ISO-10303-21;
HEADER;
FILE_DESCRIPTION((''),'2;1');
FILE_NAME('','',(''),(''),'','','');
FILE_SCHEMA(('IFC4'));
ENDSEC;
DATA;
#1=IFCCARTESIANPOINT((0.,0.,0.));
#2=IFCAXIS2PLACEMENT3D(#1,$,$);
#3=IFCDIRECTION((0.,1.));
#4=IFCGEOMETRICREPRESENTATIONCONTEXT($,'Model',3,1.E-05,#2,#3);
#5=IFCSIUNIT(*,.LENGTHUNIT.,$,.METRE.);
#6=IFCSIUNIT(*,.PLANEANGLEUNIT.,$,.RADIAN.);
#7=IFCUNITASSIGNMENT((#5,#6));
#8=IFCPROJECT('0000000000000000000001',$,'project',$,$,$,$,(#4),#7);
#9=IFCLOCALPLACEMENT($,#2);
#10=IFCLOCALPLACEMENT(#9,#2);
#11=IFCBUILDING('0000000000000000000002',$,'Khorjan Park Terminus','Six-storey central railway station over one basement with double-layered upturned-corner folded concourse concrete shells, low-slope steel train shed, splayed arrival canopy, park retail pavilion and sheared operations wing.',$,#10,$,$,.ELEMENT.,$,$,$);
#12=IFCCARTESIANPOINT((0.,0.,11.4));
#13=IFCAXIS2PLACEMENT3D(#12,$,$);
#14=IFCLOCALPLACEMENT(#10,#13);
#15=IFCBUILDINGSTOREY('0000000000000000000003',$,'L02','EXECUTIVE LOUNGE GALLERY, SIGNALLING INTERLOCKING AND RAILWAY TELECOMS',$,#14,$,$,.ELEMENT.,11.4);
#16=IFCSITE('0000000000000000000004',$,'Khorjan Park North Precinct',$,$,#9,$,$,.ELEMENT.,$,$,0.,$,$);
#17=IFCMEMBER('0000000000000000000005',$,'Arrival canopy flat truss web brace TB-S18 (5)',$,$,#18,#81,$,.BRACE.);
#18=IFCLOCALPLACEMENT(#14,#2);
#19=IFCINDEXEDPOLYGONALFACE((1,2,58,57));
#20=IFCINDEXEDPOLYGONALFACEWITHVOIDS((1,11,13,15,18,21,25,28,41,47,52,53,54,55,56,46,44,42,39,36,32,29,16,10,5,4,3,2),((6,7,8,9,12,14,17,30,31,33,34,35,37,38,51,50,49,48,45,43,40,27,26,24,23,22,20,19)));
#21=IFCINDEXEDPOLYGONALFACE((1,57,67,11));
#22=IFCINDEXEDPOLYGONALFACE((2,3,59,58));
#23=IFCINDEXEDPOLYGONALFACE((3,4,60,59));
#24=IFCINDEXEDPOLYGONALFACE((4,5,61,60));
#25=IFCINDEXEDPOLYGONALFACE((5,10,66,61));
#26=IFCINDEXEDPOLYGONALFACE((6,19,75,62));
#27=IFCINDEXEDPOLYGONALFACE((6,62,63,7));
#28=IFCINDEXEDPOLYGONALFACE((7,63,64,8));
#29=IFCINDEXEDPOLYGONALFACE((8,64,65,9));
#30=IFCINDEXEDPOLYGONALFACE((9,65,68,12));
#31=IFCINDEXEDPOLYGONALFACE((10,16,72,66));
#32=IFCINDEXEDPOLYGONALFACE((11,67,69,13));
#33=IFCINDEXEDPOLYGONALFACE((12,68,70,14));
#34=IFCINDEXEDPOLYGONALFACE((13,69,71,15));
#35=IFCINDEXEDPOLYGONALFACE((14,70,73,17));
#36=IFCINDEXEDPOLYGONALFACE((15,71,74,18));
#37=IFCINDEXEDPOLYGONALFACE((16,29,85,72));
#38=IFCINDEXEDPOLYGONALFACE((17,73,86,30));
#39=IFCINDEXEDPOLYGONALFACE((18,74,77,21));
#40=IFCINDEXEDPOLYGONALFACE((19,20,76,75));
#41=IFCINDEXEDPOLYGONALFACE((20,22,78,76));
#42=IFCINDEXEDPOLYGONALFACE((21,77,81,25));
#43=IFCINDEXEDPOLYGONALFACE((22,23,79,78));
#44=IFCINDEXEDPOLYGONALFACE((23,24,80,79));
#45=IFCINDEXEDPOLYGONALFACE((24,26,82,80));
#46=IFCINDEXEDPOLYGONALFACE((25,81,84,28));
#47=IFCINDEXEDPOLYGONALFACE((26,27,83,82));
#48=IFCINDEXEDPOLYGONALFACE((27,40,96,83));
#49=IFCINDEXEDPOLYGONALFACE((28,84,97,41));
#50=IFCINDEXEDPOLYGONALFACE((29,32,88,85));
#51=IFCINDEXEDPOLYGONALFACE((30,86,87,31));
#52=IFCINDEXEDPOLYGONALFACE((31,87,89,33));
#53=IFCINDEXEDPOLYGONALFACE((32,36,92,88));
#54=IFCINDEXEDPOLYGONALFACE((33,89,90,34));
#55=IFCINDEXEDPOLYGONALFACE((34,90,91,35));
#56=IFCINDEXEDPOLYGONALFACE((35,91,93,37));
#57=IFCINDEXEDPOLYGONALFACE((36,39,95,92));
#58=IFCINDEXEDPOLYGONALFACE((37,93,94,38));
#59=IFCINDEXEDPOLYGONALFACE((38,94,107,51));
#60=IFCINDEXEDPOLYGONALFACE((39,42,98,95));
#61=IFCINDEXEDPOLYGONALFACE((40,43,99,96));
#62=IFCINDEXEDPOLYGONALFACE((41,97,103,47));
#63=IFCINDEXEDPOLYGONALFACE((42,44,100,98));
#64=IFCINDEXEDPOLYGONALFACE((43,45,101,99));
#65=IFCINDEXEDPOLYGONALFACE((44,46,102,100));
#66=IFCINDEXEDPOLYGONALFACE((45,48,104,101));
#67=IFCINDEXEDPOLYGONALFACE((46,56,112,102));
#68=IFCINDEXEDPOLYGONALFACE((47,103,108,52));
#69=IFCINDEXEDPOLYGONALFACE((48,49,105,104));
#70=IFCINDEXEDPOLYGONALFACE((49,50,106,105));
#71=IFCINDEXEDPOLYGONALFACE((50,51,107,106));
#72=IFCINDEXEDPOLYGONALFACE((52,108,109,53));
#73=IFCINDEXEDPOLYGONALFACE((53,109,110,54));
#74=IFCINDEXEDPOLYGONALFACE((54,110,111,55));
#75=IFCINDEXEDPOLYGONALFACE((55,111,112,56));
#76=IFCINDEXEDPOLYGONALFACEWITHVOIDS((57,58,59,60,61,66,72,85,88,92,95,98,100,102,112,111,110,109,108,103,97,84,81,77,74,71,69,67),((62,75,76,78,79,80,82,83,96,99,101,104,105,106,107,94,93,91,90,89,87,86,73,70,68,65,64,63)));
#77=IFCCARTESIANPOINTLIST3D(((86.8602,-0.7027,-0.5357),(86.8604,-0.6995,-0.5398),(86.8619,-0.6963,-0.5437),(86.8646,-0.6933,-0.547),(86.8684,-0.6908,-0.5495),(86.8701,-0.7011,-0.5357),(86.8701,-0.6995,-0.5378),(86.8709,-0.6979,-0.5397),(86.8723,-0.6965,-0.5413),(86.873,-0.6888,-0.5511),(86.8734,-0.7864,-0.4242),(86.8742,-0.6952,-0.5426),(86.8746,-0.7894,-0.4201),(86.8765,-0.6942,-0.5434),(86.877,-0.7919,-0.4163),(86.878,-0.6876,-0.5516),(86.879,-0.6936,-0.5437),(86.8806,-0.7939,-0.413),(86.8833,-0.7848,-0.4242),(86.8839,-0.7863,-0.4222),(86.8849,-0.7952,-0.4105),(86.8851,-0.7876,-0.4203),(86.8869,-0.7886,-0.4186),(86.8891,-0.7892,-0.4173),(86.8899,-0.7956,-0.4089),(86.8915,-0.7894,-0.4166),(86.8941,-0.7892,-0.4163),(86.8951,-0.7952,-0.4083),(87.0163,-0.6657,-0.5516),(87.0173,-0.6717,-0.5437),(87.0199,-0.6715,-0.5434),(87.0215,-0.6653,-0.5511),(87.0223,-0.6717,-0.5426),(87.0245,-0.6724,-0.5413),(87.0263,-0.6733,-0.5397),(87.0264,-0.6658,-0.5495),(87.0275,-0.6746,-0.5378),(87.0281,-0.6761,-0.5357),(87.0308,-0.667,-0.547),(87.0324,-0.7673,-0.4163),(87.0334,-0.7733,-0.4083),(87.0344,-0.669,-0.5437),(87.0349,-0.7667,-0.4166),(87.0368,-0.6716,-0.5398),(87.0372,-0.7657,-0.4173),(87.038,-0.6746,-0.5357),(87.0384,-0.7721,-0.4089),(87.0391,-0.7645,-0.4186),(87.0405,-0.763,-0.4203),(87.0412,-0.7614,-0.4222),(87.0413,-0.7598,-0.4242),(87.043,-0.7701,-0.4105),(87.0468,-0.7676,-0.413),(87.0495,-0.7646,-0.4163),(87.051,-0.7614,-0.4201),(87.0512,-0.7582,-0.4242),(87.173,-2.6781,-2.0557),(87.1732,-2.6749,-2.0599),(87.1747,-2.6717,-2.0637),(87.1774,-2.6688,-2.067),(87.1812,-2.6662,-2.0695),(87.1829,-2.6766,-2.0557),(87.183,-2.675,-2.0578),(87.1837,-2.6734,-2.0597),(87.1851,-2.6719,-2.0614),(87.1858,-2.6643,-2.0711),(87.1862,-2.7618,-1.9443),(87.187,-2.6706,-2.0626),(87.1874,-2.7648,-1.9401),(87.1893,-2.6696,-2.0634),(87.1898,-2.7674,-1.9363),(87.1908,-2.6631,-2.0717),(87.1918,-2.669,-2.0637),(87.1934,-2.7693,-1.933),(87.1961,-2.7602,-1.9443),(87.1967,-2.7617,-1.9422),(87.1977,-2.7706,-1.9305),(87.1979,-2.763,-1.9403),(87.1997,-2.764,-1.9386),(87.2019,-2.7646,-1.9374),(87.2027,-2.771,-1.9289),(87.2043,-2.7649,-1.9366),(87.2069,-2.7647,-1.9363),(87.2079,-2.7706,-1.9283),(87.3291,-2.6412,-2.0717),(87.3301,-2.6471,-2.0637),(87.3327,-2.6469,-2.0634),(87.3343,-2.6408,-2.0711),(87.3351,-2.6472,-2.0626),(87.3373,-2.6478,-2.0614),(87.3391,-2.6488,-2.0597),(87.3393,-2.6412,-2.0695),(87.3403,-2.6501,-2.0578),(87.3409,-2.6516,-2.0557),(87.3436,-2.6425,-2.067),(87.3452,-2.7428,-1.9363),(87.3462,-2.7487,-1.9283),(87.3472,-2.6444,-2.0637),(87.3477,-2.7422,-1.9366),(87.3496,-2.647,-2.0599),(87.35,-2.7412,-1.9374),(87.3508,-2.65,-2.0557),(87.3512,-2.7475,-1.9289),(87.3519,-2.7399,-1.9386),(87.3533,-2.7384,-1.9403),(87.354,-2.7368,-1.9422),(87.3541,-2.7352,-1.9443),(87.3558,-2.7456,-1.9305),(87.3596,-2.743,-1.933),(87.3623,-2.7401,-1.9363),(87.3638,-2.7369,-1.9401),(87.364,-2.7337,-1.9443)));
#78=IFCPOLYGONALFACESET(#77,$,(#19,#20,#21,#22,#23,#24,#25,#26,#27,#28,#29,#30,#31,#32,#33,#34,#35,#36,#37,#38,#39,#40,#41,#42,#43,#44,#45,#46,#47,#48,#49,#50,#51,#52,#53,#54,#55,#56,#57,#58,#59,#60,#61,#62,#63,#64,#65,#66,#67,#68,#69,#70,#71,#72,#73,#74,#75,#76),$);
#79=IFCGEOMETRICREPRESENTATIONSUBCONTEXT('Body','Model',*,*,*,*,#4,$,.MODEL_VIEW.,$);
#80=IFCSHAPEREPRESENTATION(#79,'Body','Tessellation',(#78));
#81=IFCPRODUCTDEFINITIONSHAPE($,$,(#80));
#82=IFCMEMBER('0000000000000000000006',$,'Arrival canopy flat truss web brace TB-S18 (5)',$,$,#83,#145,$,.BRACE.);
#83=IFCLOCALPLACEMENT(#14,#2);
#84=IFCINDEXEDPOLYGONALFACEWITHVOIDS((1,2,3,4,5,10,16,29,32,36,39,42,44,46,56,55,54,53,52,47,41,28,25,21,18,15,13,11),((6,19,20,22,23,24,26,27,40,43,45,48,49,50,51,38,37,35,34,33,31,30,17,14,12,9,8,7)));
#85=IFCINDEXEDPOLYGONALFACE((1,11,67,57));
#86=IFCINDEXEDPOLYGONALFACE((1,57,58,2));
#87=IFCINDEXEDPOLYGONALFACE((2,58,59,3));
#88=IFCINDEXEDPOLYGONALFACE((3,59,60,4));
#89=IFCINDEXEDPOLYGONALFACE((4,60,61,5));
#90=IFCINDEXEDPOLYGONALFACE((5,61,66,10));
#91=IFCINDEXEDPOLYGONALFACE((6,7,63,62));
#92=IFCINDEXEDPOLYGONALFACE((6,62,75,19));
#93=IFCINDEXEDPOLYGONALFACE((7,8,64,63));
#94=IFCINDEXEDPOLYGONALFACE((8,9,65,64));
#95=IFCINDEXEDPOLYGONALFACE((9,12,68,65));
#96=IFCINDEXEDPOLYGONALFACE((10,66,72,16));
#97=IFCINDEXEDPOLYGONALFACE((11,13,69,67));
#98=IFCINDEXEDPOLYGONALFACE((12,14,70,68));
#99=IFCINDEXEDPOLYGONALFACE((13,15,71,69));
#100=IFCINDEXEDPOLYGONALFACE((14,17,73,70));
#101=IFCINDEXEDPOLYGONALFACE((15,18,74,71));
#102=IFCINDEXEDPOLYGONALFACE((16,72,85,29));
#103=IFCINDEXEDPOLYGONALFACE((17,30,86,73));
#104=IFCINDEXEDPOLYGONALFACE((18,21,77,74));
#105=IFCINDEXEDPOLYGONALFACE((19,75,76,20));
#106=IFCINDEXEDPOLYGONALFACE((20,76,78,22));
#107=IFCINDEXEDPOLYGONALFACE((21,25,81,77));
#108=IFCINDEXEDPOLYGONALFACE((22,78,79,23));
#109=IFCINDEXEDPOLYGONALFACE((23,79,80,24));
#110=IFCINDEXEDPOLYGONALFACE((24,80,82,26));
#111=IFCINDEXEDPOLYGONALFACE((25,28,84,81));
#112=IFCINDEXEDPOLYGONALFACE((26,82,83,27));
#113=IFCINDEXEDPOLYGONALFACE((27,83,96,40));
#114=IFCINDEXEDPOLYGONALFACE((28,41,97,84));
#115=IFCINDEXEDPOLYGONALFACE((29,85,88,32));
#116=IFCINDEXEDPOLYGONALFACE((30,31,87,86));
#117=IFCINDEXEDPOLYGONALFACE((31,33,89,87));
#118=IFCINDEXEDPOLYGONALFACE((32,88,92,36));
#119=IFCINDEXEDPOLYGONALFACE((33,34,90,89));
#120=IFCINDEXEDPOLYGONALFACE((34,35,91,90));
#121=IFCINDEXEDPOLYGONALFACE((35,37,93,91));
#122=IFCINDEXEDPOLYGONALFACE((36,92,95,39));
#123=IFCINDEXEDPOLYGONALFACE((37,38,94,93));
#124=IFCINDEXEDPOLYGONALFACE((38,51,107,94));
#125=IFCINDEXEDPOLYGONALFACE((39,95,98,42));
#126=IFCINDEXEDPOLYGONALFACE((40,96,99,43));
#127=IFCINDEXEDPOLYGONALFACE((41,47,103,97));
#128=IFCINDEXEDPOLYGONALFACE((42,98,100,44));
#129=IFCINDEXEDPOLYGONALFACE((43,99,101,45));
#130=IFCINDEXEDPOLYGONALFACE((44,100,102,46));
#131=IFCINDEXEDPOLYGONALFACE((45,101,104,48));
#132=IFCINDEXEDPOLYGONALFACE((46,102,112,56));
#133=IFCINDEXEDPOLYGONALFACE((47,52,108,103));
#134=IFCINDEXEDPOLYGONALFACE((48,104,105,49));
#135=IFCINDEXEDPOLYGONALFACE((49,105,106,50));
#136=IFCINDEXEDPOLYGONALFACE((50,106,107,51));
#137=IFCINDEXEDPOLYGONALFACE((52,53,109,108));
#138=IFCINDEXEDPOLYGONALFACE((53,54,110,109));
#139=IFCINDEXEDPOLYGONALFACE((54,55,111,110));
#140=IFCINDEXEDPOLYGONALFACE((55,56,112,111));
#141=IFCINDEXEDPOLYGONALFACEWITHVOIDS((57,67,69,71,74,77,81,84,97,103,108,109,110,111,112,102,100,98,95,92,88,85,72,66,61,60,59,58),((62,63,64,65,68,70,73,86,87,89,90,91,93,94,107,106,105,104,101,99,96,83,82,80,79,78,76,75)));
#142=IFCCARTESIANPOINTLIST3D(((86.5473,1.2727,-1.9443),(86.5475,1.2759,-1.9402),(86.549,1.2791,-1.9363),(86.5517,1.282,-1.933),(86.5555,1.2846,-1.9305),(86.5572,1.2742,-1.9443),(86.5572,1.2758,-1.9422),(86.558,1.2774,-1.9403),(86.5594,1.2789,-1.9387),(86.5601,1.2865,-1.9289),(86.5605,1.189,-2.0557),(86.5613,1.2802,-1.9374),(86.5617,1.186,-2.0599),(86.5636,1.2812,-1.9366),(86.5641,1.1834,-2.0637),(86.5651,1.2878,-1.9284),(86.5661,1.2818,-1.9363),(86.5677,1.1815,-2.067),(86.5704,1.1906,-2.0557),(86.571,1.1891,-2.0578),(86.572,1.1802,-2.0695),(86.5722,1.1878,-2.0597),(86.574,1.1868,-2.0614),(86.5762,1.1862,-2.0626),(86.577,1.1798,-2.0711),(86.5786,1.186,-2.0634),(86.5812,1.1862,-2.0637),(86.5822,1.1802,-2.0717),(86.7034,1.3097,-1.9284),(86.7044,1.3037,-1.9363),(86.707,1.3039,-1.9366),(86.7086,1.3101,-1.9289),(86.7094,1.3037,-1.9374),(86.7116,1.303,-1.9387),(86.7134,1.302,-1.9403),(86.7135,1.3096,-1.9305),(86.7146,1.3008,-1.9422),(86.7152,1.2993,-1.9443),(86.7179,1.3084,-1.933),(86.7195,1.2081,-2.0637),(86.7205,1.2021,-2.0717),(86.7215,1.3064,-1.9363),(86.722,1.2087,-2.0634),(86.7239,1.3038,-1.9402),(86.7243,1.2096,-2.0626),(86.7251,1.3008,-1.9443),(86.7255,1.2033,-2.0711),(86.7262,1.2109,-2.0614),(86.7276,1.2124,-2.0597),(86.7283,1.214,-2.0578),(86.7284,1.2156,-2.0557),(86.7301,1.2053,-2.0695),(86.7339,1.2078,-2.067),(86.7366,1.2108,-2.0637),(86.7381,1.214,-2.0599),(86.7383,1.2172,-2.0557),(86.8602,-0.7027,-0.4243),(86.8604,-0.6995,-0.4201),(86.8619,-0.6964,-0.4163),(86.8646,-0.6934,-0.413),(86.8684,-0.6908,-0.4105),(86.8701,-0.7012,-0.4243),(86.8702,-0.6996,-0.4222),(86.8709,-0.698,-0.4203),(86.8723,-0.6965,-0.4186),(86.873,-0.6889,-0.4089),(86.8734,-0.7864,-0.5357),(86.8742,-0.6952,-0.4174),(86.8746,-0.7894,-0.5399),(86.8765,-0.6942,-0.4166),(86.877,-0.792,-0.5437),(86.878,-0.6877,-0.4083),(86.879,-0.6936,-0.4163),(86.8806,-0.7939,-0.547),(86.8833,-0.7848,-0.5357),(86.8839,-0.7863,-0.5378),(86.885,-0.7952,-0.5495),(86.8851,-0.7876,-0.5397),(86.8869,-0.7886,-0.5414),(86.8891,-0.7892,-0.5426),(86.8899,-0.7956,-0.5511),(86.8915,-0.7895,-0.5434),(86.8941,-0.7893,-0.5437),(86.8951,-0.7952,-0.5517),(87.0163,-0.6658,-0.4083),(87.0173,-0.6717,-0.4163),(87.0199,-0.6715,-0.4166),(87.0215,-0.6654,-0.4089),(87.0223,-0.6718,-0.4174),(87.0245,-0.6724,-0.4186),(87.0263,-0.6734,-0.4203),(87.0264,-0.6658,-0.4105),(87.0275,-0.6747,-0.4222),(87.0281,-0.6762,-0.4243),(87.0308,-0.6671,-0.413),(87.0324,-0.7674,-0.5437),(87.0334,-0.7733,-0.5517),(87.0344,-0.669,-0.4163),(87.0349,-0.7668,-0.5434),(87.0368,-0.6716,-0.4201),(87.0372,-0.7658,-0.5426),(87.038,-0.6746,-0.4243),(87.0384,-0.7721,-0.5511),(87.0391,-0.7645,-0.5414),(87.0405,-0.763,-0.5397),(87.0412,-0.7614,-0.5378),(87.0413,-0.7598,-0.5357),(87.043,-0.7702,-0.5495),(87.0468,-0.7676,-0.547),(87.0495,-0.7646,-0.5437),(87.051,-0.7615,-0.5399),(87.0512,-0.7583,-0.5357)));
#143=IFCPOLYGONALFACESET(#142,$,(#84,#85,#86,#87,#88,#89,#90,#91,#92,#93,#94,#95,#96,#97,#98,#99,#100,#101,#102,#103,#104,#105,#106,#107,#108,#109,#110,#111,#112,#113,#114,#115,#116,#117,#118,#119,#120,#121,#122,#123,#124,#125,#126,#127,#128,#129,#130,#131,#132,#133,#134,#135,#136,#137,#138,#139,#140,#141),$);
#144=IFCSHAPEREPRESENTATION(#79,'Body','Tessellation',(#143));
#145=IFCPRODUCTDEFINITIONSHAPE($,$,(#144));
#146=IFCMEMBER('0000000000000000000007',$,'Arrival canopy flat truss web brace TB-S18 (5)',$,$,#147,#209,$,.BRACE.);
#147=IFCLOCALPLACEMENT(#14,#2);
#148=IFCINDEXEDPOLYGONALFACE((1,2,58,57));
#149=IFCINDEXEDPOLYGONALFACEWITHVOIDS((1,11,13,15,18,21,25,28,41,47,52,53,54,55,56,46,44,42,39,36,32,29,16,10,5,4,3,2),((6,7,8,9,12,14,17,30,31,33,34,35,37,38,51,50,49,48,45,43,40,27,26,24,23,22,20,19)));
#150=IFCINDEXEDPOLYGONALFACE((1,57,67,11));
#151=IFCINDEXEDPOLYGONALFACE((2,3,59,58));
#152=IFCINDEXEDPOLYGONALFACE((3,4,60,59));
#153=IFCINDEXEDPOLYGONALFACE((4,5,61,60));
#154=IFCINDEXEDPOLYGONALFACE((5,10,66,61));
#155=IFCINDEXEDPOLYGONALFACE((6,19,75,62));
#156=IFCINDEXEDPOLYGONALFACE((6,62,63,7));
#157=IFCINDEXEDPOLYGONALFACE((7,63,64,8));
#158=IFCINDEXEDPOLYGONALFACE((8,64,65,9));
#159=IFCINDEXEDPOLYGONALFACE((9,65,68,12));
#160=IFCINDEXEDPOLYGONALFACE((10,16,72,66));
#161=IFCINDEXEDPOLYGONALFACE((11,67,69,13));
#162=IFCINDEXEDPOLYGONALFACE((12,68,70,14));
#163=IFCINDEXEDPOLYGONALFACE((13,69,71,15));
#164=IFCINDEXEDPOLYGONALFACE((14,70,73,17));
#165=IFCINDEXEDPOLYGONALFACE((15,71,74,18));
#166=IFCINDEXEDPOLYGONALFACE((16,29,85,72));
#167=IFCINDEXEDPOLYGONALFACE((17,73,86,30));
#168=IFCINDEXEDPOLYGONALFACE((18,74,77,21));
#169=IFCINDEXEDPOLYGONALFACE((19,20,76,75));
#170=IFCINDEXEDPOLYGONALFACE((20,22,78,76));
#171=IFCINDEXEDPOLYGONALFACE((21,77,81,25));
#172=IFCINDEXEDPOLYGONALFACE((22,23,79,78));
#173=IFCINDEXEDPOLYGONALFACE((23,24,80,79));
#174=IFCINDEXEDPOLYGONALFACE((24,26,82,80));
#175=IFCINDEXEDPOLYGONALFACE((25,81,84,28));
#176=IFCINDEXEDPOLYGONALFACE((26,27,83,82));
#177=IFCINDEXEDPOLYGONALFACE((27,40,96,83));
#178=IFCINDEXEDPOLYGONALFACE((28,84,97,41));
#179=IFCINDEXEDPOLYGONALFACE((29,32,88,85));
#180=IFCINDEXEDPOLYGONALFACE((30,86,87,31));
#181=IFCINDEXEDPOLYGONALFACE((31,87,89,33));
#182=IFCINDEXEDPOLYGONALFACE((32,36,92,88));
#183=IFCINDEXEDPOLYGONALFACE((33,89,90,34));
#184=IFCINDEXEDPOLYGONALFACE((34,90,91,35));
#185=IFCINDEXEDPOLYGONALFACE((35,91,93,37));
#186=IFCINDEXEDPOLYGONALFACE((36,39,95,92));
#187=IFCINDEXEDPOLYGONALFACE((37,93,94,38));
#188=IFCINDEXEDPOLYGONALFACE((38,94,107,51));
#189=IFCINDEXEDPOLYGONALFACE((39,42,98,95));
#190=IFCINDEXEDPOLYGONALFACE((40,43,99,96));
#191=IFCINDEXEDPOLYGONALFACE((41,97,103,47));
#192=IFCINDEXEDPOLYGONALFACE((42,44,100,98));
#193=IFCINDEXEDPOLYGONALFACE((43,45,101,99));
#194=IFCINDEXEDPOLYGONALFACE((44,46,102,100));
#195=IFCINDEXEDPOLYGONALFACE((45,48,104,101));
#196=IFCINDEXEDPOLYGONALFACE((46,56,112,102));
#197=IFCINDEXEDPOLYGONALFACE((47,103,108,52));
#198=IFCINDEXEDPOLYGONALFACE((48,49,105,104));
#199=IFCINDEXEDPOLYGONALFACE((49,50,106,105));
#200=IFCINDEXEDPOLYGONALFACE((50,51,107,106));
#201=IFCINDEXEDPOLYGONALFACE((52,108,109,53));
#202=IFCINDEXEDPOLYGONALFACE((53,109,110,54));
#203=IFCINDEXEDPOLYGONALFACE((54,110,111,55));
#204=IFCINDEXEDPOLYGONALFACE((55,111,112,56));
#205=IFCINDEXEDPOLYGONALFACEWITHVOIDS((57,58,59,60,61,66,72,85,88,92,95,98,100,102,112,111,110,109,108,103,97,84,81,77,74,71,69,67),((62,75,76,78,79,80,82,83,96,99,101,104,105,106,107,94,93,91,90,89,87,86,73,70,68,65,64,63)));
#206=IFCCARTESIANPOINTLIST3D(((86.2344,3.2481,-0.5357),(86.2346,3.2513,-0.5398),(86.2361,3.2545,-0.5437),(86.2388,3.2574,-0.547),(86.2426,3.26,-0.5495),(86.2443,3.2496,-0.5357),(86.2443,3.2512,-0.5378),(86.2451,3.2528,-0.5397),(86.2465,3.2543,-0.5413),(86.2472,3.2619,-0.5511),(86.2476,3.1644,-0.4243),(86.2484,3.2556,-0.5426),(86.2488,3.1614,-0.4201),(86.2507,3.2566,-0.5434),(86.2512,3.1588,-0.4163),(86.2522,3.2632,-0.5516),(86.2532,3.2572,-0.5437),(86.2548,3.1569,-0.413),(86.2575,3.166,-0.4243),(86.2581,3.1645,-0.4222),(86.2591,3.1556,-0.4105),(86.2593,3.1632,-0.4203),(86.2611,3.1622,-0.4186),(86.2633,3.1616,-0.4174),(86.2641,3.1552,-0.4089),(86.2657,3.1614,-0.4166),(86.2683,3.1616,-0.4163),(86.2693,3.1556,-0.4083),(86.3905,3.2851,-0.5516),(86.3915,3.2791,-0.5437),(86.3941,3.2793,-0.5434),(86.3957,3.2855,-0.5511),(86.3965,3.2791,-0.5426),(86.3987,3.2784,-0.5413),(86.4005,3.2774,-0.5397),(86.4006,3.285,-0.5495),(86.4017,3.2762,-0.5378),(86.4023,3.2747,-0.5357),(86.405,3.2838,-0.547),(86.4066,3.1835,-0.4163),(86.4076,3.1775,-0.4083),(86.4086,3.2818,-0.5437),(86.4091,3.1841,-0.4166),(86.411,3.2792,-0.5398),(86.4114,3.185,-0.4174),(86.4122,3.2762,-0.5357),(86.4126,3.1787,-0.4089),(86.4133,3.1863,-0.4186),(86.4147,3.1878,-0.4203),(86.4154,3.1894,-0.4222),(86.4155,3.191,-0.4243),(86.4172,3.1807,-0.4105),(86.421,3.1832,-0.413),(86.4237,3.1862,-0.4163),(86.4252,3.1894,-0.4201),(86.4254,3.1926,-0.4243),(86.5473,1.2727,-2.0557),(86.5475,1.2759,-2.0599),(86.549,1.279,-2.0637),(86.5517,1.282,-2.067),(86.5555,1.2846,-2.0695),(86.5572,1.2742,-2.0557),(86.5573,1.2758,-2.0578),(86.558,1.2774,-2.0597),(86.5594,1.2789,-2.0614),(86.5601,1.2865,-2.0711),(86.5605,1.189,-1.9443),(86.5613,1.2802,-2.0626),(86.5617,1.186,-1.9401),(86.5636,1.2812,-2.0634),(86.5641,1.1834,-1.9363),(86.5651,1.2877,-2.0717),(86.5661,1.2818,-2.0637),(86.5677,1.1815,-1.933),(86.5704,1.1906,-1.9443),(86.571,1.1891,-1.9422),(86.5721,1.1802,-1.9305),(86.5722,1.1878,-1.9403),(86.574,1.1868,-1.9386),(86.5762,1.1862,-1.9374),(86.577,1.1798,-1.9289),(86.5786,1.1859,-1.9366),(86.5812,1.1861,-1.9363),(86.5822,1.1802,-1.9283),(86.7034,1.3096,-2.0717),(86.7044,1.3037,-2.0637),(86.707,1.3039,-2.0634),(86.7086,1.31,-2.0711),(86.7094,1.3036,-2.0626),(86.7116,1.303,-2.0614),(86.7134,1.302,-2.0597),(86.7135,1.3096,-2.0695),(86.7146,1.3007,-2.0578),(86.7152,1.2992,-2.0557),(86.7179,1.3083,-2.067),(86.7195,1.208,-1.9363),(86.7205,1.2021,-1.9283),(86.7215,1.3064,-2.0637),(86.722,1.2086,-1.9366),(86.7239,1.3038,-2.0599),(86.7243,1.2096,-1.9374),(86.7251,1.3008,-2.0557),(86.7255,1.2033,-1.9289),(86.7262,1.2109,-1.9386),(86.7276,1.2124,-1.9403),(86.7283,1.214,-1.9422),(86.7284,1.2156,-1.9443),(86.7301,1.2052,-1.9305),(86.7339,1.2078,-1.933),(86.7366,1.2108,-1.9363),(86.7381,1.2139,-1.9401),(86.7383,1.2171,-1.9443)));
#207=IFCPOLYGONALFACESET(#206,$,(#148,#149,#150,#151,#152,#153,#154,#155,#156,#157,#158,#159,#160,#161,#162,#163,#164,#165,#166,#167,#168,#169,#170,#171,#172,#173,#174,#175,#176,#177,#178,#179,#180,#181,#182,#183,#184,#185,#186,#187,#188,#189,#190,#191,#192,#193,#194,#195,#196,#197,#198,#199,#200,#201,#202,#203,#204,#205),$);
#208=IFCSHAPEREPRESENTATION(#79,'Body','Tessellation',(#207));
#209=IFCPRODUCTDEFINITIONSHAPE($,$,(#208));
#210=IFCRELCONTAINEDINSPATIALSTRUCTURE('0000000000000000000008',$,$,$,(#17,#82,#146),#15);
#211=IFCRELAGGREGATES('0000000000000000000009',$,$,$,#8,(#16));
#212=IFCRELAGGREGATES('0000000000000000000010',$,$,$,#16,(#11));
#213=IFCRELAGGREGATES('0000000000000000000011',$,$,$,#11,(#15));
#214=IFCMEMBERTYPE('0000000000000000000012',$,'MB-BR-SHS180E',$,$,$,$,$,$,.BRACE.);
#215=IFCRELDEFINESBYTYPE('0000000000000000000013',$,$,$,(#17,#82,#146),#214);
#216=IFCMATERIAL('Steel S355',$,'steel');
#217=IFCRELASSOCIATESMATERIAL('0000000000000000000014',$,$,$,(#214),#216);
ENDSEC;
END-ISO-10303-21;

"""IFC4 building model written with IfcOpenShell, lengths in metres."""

from ifc_helpers import new_model, si_unit, direction, frame, origin, origin_2d, place, context, subcontext, project, spatial, hollow_rectangle, extrude, material, material_profile, profile_set, type_object, element, save


model = new_model("IFC4")

# Units and contexts
model_context = context("Model", 3, precision=1e-05, world=origin(), true_north=direction((0.0, 1.0)))
body_context = subcontext(model_context, "Body", "Model", "MODEL_VIEW")
ifc_project = project(units=[si_unit("LENGTHUNIT", "METRE"), si_unit("PLANEANGLEUNIT", "RADIAN")], contexts=[model_context])

# Site, building, storey
site_placement = place(None, origin())
site = spatial("IfcSite", under=ifc_project, at=site_placement, Name="Khorjan Park North Precinct", CompositionType="ELEMENT", RefElevation=0.0)
building_placement = place(site_placement, origin())
building = spatial("IfcBuilding", under=site, at=building_placement, Name="Khorjan Park Terminus", Description="Six-storey central railway station over one basement with double-layered upturned-corner folded concourse concrete shells, low-slope steel train shed, splayed arrival canopy, park retail pavilion and sheared operations wing.", CompositionType="ELEMENT")
storey_placement = place(building_placement, frame((0.0, 0.0, 11.4)))
storey = spatial("IfcBuildingStorey", under=building, at=storey_placement, Name="L02", Description="EXECUTIVE LOUNGE GALLERY, SIGNALLING INTERLOCKING AND RAILWAY TELECOMS", CompositionType="ELEMENT", Elevation=11.4)

# Members
ifc_material = material(Name="Steel S355", Category="steel")
ifc_material_profile_1 = material_profile(ifc_material, hollow_rectangle(XDim=0.18, YDim=0.18, WallThickness=0.01, InnerFilletRadius=0.01, OuterFilletRadius=0.02, at=origin_2d()), Name="SHS 180x180x10")
ifc_profile_set_1 = profile_set([ifc_material_profile_1], Name="Steel S355")
member_type_1 = type_object("IfcMemberType", Name="MB-BR-SHS180E", PredefinedType="BRACE", material=ifc_profile_set_1)
for number, where, z_axis, x_axis, name in (
    (1, (87.2685, -2.7059, -2.0), (-0.124519, 0.786366, 0.605081), (-0.987694, -0.156399, 0.0), "Arrival canopy flat truss web brace TB-S18 (5)"),
    (2, (86.9557, -0.7305, -0.48), (-0.124558, 0.786362, -0.605078), (-0.987686, -0.156448, 0.0), "Arrival canopy flat truss web brace TB-S18 (5)"),
    (3, (86.6428, 1.2449, -2.0), (-0.124558, 0.786362, 0.605078), (-0.987686, -0.156448, 0.0), "Arrival canopy flat truss web brace TB-S18 (5)"),
):
    element("IfcMember", number, at=place(storey_placement, frame(where, z_axis=z_axis, x_axis=x_axis)), inside=storey, type_object=member_type_1, Name=name, PredefinedType="BRACE", context=body_context, shape_type="SweptSolid", body=[
        extrude(hollow_rectangle(XDim=0.18, YDim=0.18, WallThickness=0.01, InnerFilletRadius=0.01, OuterFilletRadius=0.02, at=origin_2d()), origin(), (0.0, 0.0, 1.0), 2.5121),
    ])

save(model, "model.ifc")
